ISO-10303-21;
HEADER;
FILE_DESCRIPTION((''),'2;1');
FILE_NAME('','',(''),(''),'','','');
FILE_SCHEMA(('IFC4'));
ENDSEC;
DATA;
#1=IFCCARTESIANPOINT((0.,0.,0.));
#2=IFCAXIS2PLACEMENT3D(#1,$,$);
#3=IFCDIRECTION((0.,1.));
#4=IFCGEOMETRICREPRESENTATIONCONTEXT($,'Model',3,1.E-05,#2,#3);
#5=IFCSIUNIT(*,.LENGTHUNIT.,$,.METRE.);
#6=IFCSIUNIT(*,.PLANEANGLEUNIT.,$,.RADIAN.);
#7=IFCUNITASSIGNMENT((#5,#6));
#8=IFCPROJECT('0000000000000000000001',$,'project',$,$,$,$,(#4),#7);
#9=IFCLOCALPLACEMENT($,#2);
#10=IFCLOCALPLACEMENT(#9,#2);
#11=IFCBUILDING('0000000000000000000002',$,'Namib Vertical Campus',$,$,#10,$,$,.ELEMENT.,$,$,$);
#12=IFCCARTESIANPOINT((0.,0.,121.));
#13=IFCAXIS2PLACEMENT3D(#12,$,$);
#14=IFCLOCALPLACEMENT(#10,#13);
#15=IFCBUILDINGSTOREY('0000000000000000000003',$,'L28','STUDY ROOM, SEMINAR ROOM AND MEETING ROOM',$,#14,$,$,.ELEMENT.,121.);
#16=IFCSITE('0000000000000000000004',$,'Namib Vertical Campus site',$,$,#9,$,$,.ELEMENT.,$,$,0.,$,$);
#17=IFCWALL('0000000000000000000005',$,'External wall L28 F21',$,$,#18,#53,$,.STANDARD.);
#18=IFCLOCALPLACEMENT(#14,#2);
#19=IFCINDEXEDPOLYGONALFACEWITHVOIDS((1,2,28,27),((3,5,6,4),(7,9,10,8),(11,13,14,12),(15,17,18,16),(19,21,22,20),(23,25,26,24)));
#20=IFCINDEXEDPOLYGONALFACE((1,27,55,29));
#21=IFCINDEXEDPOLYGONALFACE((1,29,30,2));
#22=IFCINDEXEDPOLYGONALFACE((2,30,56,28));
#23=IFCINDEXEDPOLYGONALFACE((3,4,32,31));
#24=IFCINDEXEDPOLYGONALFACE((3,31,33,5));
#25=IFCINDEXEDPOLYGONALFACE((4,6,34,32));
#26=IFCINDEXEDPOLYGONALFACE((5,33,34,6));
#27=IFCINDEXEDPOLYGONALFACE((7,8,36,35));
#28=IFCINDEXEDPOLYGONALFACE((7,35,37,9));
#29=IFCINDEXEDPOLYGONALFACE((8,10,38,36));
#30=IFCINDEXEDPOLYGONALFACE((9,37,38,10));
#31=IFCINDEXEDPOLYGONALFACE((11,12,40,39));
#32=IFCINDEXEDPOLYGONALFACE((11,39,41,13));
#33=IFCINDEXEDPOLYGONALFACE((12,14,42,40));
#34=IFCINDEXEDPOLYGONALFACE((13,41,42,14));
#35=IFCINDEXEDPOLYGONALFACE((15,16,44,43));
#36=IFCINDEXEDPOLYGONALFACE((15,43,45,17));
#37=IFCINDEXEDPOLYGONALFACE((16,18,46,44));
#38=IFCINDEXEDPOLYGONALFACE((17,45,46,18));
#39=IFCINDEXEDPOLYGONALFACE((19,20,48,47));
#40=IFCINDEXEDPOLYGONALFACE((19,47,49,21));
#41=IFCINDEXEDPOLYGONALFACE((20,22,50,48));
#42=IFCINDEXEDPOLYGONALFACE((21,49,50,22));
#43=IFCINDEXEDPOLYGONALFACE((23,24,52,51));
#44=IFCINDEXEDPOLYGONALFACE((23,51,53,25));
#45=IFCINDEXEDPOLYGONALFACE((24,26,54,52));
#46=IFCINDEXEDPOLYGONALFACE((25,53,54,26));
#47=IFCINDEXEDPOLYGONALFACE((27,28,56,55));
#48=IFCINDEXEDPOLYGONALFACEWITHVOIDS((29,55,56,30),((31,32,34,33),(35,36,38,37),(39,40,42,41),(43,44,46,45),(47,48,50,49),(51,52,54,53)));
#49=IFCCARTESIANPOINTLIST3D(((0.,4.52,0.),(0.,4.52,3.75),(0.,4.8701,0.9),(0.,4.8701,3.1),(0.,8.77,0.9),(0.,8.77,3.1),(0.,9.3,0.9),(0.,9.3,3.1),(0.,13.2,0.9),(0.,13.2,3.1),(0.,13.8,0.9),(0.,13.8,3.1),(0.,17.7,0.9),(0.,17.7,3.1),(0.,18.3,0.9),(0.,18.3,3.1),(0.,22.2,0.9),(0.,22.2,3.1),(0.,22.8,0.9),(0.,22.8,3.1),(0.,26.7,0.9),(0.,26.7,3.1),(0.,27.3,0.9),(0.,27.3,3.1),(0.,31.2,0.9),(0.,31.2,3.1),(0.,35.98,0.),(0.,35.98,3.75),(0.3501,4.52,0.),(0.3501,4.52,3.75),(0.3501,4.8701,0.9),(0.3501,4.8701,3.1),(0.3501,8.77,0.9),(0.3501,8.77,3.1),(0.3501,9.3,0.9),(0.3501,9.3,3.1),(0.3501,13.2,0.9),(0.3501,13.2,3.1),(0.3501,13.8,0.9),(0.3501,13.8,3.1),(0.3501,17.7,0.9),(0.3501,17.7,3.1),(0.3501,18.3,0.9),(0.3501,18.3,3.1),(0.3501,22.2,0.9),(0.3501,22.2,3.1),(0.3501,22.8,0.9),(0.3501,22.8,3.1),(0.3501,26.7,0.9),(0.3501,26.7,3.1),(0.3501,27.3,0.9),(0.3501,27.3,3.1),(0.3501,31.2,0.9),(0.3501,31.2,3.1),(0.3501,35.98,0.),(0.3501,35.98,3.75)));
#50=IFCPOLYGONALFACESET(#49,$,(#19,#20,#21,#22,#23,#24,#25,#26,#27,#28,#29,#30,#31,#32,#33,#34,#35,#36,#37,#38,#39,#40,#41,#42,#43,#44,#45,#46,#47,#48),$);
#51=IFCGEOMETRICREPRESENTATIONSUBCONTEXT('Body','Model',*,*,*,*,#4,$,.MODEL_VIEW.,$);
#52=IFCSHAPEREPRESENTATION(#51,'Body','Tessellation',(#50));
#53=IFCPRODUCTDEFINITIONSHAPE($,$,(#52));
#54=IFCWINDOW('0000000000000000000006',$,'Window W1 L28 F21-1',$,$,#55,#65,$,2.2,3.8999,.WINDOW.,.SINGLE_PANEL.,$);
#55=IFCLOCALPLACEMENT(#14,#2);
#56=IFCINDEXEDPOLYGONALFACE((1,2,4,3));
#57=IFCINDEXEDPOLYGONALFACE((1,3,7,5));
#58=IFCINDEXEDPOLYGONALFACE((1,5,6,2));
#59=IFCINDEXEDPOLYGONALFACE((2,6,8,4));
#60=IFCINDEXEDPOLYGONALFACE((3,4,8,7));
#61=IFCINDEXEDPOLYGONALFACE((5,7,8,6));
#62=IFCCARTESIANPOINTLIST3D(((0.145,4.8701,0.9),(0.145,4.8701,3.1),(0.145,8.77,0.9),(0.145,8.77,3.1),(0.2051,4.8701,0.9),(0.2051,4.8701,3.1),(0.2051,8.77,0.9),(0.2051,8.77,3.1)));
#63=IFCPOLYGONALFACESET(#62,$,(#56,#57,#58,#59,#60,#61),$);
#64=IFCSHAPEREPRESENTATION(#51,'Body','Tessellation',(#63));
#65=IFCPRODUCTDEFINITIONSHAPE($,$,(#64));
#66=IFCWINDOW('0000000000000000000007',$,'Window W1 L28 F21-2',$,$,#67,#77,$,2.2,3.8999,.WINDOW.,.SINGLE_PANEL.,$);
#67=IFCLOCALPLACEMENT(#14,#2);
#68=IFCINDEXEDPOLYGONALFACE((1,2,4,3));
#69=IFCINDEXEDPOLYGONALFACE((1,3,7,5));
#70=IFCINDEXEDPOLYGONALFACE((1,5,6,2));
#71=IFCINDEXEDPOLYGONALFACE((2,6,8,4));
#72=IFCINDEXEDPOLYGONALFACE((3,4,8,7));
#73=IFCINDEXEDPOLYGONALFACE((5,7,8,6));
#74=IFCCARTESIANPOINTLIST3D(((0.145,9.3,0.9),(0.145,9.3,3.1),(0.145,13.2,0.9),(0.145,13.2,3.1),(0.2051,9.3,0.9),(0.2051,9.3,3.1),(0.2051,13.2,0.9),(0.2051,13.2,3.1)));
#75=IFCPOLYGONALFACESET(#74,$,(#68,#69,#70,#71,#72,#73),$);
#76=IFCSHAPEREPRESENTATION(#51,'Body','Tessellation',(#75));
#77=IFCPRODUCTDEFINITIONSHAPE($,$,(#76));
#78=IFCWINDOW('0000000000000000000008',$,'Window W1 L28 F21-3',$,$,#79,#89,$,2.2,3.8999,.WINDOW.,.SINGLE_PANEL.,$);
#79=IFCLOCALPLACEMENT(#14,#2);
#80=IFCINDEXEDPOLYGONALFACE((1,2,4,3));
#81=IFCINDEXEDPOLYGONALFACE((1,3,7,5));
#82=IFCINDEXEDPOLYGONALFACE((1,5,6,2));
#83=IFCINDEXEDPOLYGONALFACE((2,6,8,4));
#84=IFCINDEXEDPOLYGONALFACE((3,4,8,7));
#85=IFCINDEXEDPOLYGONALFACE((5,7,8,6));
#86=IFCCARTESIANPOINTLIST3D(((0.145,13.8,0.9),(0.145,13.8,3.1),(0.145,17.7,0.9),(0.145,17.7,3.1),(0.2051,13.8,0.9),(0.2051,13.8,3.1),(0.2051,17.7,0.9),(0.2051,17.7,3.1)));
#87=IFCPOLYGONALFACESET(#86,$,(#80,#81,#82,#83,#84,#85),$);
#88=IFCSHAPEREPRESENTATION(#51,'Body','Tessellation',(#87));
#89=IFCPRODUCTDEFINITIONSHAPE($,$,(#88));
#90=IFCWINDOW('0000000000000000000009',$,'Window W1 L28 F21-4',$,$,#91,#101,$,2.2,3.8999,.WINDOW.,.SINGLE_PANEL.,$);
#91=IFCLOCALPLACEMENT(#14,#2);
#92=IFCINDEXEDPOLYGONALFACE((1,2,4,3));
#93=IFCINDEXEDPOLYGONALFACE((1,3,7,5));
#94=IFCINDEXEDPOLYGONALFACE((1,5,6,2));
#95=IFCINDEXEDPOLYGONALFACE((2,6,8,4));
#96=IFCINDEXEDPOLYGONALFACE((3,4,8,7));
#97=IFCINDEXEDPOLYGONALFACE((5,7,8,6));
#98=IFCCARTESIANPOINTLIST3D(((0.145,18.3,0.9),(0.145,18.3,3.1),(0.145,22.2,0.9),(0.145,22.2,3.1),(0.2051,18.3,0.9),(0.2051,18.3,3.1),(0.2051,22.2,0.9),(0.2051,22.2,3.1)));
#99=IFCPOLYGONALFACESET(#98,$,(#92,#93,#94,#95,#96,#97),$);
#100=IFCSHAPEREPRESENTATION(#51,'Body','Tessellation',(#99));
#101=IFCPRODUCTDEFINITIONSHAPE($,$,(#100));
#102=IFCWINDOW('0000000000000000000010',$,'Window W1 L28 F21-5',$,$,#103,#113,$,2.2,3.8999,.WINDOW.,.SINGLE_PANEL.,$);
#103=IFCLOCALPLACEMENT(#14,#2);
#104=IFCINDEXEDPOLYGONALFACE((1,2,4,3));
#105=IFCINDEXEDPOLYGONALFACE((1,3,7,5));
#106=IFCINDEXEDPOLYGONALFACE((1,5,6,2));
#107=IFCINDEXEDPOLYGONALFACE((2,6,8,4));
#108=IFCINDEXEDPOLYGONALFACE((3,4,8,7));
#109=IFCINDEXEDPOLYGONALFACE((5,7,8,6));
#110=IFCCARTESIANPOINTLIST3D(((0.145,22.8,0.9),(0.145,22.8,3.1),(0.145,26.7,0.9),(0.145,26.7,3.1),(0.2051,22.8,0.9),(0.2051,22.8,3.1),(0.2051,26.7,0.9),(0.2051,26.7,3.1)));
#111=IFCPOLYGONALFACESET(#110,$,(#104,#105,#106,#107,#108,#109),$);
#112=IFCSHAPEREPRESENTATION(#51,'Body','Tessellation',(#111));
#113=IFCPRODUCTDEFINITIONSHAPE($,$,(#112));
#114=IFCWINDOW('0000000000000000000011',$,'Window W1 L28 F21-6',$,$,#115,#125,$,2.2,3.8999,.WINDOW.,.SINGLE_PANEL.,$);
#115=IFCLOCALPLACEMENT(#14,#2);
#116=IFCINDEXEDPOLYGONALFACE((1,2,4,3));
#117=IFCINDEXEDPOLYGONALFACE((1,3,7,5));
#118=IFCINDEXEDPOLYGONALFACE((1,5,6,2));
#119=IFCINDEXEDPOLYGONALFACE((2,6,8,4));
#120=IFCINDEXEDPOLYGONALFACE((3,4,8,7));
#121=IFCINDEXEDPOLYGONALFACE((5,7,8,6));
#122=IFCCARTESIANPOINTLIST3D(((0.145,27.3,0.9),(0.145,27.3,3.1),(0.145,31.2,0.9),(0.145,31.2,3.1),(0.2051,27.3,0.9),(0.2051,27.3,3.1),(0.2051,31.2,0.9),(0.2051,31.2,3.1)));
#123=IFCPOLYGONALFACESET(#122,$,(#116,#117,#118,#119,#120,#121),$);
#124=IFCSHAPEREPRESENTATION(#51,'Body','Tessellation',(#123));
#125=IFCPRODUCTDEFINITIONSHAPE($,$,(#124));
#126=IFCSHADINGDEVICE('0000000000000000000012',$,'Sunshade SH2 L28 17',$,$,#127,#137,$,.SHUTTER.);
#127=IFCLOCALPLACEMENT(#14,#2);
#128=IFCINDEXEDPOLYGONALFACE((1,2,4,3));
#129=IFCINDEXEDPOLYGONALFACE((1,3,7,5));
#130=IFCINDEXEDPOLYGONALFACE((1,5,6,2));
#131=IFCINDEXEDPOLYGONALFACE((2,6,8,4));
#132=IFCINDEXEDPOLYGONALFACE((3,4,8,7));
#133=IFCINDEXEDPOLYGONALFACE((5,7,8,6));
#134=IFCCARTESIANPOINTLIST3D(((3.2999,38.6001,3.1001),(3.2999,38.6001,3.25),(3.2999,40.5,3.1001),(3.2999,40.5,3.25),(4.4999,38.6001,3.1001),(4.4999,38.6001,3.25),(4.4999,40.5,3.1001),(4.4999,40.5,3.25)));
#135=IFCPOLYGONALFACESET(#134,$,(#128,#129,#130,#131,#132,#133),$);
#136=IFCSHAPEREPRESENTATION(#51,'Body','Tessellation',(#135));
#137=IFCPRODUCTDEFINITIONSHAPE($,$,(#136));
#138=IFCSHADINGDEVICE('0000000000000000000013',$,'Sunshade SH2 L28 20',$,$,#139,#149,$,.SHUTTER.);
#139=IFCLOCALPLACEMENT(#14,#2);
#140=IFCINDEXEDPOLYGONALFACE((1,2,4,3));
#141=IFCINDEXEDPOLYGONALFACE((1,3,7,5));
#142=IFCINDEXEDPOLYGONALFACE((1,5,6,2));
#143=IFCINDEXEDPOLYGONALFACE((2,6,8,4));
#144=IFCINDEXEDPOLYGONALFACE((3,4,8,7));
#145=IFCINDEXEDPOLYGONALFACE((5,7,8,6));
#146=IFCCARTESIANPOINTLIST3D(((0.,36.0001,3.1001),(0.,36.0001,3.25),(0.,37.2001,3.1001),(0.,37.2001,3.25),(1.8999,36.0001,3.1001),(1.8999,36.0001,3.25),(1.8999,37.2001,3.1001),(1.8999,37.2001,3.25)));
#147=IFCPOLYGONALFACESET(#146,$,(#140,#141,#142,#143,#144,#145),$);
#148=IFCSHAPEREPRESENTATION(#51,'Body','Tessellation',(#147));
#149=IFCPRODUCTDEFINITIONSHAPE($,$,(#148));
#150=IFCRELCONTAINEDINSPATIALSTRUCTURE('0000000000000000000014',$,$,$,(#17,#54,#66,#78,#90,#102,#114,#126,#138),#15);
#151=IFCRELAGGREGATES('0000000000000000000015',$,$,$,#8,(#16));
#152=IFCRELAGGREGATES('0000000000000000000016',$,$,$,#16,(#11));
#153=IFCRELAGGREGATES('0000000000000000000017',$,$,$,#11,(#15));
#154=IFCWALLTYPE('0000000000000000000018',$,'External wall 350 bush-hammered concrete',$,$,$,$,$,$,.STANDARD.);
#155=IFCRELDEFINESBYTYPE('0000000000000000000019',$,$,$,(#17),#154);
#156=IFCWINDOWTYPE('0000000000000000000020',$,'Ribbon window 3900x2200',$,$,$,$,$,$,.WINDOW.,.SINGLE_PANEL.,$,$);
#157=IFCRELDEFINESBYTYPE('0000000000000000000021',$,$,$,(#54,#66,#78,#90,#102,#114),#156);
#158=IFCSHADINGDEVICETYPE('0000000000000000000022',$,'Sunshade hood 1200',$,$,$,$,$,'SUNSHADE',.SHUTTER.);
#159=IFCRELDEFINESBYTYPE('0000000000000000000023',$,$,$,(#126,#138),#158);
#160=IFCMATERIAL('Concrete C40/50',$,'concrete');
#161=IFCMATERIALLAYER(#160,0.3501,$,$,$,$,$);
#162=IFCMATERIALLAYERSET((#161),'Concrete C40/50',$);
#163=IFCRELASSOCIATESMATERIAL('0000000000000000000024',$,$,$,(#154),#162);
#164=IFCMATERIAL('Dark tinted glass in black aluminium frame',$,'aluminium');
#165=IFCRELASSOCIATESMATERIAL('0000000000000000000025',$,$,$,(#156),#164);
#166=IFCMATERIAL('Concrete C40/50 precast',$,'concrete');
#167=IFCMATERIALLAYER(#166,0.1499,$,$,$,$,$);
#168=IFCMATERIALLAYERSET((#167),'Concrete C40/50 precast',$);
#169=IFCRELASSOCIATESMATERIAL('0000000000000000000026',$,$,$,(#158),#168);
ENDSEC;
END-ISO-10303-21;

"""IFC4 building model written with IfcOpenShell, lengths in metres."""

from ifc_helpers import new_model, si_unit, direction, frame, frame_2d, origin, origin_2d, place, context, subcontext, project, spatial, rectangle, extrude, material, layer, layer_set, type_object, element, fill, save


model = new_model("IFC4")

# Units and contexts
model_context = context("Model", 3, precision=1e-05, world=origin(), true_north=direction((0.0, 1.0)))
body_context = subcontext(model_context, "Body", "Model", "MODEL_VIEW")
ifc_project = project(units=[si_unit("LENGTHUNIT", "METRE"), si_unit("PLANEANGLEUNIT", "RADIAN")], contexts=[model_context])

# Site, building, storey
site_placement = place(None, origin())
site = spatial("IfcSite", under=ifc_project, at=site_placement, Name="Namib Vertical Campus site", CompositionType="ELEMENT", RefElevation=0.0)
building_placement = place(site_placement, origin())
building = spatial("IfcBuilding", under=site, at=building_placement, Name="Namib Vertical Campus", CompositionType="ELEMENT")
storey_placement = place(building_placement, frame((0.0, 0.0, 121.0)))
storey = spatial("IfcBuildingStorey", under=building, at=storey_placement, Name="L28", Description="STUDY ROOM, SEMINAR ROOM AND MEETING ROOM", CompositionType="ELEMENT", Elevation=121.0)

# Shared definitions
ifc_material_1 = material(Name="Concrete C40/50", Category="concrete")
ifc_layer_1 = layer(ifc_material_1, 0.3501)
ifc_layer_set_1 = layer_set([ifc_layer_1], Name="Concrete C40/50")
wall_type = type_object("IfcWallType", Name="External wall 350 bush-hammered concrete", PredefinedType="STANDARD", material=ifc_layer_set_1)

# Wall, openings, windows
wall_1_placement = place(storey_placement, frame((0.175, 35.98, 0.0), z_axis=(0.0, 0.0, 1.0), x_axis=(0.0, -1.0, 0.0)))
wall_1 = element("IfcWall", 1, at=wall_1_placement, inside=storey, type_object=wall_type, Name="External wall L28 F21", PredefinedType="STANDARD", context=body_context, shape_type="SweptSolid", body=[
    extrude(rectangle(XDim=31.46, YDim=0.3501, at=frame_2d((15.73, 0.0))), origin(), (0.0, 0.0, 1.0), 3.75),
])
opening_1_placement = place(wall_1_placement, frame((27.21, 0.0, 0.8999)))
opening_1 = element("IfcOpeningElement", 2, at=opening_1_placement, cuts=wall_1, PredefinedType="OPENING", context=body_context, shape_type="SweptSolid", body=[
    extrude(rectangle(XDim=3.8999, YDim=2.2, at=frame_2d((1.95, 1.1001))), frame((0.0, 0.1851, 0.0), z_axis=(0.0, -1.0, 0.0), x_axis=(1.0, 0.0, 0.0)), (0.0, 0.0, 1.0), 0.3701),
])
opening_2_placement = place(wall_1_placement, frame((22.78, 0.0, 0.8999)))
opening_2 = element("IfcOpeningElement", 3, at=opening_2_placement, cuts=wall_1, PredefinedType="OPENING", context=body_context, shape_type="SweptSolid", body=[
    extrude(rectangle(XDim=3.8999, YDim=2.2, at=frame_2d((1.95, 1.1001))), frame((0.0, 0.1851, 0.0), z_axis=(0.0, -1.0, 0.0), x_axis=(1.0, 0.0, 0.0)), (0.0, 0.0, 1.0), 0.3701),
])
opening_3_placement = place(wall_1_placement, frame((18.28, 0.0, 0.8999)))
opening_3 = element("IfcOpeningElement", 4, at=opening_3_placement, cuts=wall_1, PredefinedType="OPENING", context=body_context, shape_type="SweptSolid", body=[
    extrude(rectangle(XDim=3.8999, YDim=2.2, at=frame_2d((1.95, 1.1001))), frame((0.0, 0.1851, 0.0), z_axis=(0.0, -1.0, 0.0), x_axis=(1.0, 0.0, 0.0)), (0.0, 0.0, 1.0), 0.3701),
])
opening_4_placement = place(wall_1_placement, frame((13.78, 0.0, 0.8999)))
opening_4 = element("IfcOpeningElement", 5, at=opening_4_placement, cuts=wall_1, PredefinedType="OPENING", context=body_context, shape_type="SweptSolid", body=[
    extrude(rectangle(XDim=3.8999, YDim=2.2, at=frame_2d((1.95, 1.1001))), frame((0.0, 0.1851, 0.0), z_axis=(0.0, -1.0, 0.0), x_axis=(1.0, 0.0, 0.0)), (0.0, 0.0, 1.0), 0.3701),
])
opening_5_placement = place(wall_1_placement, frame((9.28, 0.0, 0.8999)))
opening_5 = element("IfcOpeningElement", 6, at=opening_5_placement, cuts=wall_1, PredefinedType="OPENING", context=body_context, shape_type="SweptSolid", body=[
    extrude(rectangle(XDim=3.8999, YDim=2.2, at=frame_2d((1.95, 1.1001))), frame((0.0, 0.1851, 0.0), z_axis=(0.0, -1.0, 0.0), x_axis=(1.0, 0.0, 0.0)), (0.0, 0.0, 1.0), 0.3701),
])
opening_6_placement = place(wall_1_placement, frame((4.78, 0.0, 0.8999)))
opening_6 = element("IfcOpeningElement", 7, at=opening_6_placement, cuts=wall_1, PredefinedType="OPENING", context=body_context, shape_type="SweptSolid", body=[
    extrude(rectangle(XDim=3.8999, YDim=2.2, at=frame_2d((1.95, 1.1001))), frame((0.0, 0.1851, 0.0), z_axis=(0.0, -1.0, 0.0), x_axis=(1.0, 0.0, 0.0)), (0.0, 0.0, 1.0), 0.3701),
])
ifc_material_2 = material(Name="Dark tinted glass in black aluminium frame", Category="aluminium")
window_type = type_object("IfcWindowType", Name="Ribbon window 3900x2200", PartitioningType="SINGLE_PANEL", PredefinedType="WINDOW", material=ifc_material_2)
window_1_placement = place(opening_1_placement, origin())
window_1 = element("IfcWindow", 8, at=window_1_placement, inside=storey, type_object=window_type, Name="Window W1 L28 F21-1", OverallHeight=2.2, OverallWidth=3.8999, PartitioningType="SINGLE_PANEL", PredefinedType="WINDOW", context=body_context, shape_type="SweptSolid", body=[
    extrude(rectangle(XDim=3.8999, YDim=2.2, at=frame_2d((1.95, 1.1001))), frame((0.0, 0.03, 0.0), z_axis=(0.0, -1.0, 0.0), x_axis=(1.0, 0.0, 0.0)), (0.0, 0.0, 1.0), 0.0601),
])
fill(opening_1, window_1)
window_2_placement = place(opening_2_placement, origin())
window_2 = element("IfcWindow", 9, at=window_2_placement, inside=storey, type_object=window_type, Name="Window W1 L28 F21-2", OverallHeight=2.2, OverallWidth=3.8999, PartitioningType="SINGLE_PANEL", PredefinedType="WINDOW", context=body_context, shape_type="SweptSolid", body=[
    extrude(rectangle(XDim=3.8999, YDim=2.2, at=frame_2d((1.95, 1.1001))), frame((0.0, 0.03, 0.0), z_axis=(0.0, -1.0, 0.0), x_axis=(1.0, 0.0, 0.0)), (0.0, 0.0, 1.0), 0.0601),
])
fill(opening_2, window_2)
window_3_placement = place(opening_3_placement, origin())
window_3 = element("IfcWindow", 10, at=window_3_placement, inside=storey, type_object=window_type, Name="Window W1 L28 F21-3", OverallHeight=2.2, OverallWidth=3.8999, PartitioningType="SINGLE_PANEL", PredefinedType="WINDOW", context=body_context, shape_type="SweptSolid", body=[
    extrude(rectangle(XDim=3.8999, YDim=2.2, at=frame_2d((1.95, 1.1001))), frame((0.0, 0.03, 0.0), z_axis=(0.0, -1.0, 0.0), x_axis=(1.0, 0.0, 0.0)), (0.0, 0.0, 1.0), 0.0601),
])
fill(opening_3, window_3)
window_4_placement = place(opening_4_placement, origin())
window_4 = element("IfcWindow", 11, at=window_4_placement, inside=storey, type_object=window_type, Name="Window W1 L28 F21-4", OverallHeight=2.2, OverallWidth=3.8999, PartitioningType="SINGLE_PANEL", PredefinedType="WINDOW", context=body_context, shape_type="SweptSolid", body=[
    extrude(rectangle(XDim=3.8999, YDim=2.2, at=frame_2d((1.95, 1.1001))), frame((0.0, 0.03, 0.0), z_axis=(0.0, -1.0, 0.0), x_axis=(1.0, 0.0, 0.0)), (0.0, 0.0, 1.0), 0.0601),
])
fill(opening_4, window_4)
window_5_placement = place(opening_5_placement, origin())
window_5 = element("IfcWindow", 12, at=window_5_placement, inside=storey, type_object=window_type, Name="Window W1 L28 F21-5", OverallHeight=2.2, OverallWidth=3.8999, PartitioningType="SINGLE_PANEL", PredefinedType="WINDOW", context=body_context, shape_type="SweptSolid", body=[
    extrude(rectangle(XDim=3.8999, YDim=2.2, at=frame_2d((1.95, 1.1001))), frame((0.0, 0.03, 0.0), z_axis=(0.0, -1.0, 0.0), x_axis=(1.0, 0.0, 0.0)), (0.0, 0.0, 1.0), 0.0601),
])
fill(opening_5, window_5)
window_6_placement = place(opening_6_placement, origin())
window_6 = element("IfcWindow", 13, at=window_6_placement, inside=storey, type_object=window_type, Name="Window W1 L28 F21-6", OverallHeight=2.2, OverallWidth=3.8999, PartitioningType="SINGLE_PANEL", PredefinedType="WINDOW", context=body_context, shape_type="SweptSolid", body=[
    extrude(rectangle(XDim=3.8999, YDim=2.2, at=frame_2d((1.95, 1.1001))), frame((0.0, 0.03, 0.0), z_axis=(0.0, -1.0, 0.0), x_axis=(1.0, 0.0, 0.0)), (0.0, 0.0, 1.0), 0.0601),
])
fill(opening_6, window_6)

# Shading devices
ifc_material_3 = material(Name="Concrete C40/50 precast", Category="concrete")
ifc_layer_2 = layer(ifc_material_3, 0.1499)
ifc_layer_set_2 = layer_set([ifc_layer_2], Name="Concrete C40/50 precast")
shading_device_type = type_object("IfcShadingDeviceType", Name="Sunshade hood 1200", ElementType="SUNSHADE", PredefinedType="SHUTTER", material=ifc_layer_set_2)
for number, where, z_axis, x_axis, name in (
    (14, (3.8999, 39.55, 3.1001), (0.0, 0.0, 1.0), (0.0, -1.0, 0.0), "Sunshade SH2 L28 17"),
    (15, (0.95, 36.6001, 3.1001), (0.0, 0.0, 1.0), (-1.0, 0.0, 0.0), "Sunshade SH2 L28 20"),
):
    element("IfcShadingDevice", number, at=place(storey_placement, frame(where, z_axis=z_axis, x_axis=x_axis)), inside=storey, type_object=shading_device_type, Name=name, PredefinedType="SHUTTER", context=body_context, shape_type="SweptSolid", body=[
        extrude(rectangle(XDim=1.8999, YDim=1.2, at=origin_2d()), origin(), (0.0, 0.0, 1.0), 0.1499),
    ])

save(model, "model.ifc")
